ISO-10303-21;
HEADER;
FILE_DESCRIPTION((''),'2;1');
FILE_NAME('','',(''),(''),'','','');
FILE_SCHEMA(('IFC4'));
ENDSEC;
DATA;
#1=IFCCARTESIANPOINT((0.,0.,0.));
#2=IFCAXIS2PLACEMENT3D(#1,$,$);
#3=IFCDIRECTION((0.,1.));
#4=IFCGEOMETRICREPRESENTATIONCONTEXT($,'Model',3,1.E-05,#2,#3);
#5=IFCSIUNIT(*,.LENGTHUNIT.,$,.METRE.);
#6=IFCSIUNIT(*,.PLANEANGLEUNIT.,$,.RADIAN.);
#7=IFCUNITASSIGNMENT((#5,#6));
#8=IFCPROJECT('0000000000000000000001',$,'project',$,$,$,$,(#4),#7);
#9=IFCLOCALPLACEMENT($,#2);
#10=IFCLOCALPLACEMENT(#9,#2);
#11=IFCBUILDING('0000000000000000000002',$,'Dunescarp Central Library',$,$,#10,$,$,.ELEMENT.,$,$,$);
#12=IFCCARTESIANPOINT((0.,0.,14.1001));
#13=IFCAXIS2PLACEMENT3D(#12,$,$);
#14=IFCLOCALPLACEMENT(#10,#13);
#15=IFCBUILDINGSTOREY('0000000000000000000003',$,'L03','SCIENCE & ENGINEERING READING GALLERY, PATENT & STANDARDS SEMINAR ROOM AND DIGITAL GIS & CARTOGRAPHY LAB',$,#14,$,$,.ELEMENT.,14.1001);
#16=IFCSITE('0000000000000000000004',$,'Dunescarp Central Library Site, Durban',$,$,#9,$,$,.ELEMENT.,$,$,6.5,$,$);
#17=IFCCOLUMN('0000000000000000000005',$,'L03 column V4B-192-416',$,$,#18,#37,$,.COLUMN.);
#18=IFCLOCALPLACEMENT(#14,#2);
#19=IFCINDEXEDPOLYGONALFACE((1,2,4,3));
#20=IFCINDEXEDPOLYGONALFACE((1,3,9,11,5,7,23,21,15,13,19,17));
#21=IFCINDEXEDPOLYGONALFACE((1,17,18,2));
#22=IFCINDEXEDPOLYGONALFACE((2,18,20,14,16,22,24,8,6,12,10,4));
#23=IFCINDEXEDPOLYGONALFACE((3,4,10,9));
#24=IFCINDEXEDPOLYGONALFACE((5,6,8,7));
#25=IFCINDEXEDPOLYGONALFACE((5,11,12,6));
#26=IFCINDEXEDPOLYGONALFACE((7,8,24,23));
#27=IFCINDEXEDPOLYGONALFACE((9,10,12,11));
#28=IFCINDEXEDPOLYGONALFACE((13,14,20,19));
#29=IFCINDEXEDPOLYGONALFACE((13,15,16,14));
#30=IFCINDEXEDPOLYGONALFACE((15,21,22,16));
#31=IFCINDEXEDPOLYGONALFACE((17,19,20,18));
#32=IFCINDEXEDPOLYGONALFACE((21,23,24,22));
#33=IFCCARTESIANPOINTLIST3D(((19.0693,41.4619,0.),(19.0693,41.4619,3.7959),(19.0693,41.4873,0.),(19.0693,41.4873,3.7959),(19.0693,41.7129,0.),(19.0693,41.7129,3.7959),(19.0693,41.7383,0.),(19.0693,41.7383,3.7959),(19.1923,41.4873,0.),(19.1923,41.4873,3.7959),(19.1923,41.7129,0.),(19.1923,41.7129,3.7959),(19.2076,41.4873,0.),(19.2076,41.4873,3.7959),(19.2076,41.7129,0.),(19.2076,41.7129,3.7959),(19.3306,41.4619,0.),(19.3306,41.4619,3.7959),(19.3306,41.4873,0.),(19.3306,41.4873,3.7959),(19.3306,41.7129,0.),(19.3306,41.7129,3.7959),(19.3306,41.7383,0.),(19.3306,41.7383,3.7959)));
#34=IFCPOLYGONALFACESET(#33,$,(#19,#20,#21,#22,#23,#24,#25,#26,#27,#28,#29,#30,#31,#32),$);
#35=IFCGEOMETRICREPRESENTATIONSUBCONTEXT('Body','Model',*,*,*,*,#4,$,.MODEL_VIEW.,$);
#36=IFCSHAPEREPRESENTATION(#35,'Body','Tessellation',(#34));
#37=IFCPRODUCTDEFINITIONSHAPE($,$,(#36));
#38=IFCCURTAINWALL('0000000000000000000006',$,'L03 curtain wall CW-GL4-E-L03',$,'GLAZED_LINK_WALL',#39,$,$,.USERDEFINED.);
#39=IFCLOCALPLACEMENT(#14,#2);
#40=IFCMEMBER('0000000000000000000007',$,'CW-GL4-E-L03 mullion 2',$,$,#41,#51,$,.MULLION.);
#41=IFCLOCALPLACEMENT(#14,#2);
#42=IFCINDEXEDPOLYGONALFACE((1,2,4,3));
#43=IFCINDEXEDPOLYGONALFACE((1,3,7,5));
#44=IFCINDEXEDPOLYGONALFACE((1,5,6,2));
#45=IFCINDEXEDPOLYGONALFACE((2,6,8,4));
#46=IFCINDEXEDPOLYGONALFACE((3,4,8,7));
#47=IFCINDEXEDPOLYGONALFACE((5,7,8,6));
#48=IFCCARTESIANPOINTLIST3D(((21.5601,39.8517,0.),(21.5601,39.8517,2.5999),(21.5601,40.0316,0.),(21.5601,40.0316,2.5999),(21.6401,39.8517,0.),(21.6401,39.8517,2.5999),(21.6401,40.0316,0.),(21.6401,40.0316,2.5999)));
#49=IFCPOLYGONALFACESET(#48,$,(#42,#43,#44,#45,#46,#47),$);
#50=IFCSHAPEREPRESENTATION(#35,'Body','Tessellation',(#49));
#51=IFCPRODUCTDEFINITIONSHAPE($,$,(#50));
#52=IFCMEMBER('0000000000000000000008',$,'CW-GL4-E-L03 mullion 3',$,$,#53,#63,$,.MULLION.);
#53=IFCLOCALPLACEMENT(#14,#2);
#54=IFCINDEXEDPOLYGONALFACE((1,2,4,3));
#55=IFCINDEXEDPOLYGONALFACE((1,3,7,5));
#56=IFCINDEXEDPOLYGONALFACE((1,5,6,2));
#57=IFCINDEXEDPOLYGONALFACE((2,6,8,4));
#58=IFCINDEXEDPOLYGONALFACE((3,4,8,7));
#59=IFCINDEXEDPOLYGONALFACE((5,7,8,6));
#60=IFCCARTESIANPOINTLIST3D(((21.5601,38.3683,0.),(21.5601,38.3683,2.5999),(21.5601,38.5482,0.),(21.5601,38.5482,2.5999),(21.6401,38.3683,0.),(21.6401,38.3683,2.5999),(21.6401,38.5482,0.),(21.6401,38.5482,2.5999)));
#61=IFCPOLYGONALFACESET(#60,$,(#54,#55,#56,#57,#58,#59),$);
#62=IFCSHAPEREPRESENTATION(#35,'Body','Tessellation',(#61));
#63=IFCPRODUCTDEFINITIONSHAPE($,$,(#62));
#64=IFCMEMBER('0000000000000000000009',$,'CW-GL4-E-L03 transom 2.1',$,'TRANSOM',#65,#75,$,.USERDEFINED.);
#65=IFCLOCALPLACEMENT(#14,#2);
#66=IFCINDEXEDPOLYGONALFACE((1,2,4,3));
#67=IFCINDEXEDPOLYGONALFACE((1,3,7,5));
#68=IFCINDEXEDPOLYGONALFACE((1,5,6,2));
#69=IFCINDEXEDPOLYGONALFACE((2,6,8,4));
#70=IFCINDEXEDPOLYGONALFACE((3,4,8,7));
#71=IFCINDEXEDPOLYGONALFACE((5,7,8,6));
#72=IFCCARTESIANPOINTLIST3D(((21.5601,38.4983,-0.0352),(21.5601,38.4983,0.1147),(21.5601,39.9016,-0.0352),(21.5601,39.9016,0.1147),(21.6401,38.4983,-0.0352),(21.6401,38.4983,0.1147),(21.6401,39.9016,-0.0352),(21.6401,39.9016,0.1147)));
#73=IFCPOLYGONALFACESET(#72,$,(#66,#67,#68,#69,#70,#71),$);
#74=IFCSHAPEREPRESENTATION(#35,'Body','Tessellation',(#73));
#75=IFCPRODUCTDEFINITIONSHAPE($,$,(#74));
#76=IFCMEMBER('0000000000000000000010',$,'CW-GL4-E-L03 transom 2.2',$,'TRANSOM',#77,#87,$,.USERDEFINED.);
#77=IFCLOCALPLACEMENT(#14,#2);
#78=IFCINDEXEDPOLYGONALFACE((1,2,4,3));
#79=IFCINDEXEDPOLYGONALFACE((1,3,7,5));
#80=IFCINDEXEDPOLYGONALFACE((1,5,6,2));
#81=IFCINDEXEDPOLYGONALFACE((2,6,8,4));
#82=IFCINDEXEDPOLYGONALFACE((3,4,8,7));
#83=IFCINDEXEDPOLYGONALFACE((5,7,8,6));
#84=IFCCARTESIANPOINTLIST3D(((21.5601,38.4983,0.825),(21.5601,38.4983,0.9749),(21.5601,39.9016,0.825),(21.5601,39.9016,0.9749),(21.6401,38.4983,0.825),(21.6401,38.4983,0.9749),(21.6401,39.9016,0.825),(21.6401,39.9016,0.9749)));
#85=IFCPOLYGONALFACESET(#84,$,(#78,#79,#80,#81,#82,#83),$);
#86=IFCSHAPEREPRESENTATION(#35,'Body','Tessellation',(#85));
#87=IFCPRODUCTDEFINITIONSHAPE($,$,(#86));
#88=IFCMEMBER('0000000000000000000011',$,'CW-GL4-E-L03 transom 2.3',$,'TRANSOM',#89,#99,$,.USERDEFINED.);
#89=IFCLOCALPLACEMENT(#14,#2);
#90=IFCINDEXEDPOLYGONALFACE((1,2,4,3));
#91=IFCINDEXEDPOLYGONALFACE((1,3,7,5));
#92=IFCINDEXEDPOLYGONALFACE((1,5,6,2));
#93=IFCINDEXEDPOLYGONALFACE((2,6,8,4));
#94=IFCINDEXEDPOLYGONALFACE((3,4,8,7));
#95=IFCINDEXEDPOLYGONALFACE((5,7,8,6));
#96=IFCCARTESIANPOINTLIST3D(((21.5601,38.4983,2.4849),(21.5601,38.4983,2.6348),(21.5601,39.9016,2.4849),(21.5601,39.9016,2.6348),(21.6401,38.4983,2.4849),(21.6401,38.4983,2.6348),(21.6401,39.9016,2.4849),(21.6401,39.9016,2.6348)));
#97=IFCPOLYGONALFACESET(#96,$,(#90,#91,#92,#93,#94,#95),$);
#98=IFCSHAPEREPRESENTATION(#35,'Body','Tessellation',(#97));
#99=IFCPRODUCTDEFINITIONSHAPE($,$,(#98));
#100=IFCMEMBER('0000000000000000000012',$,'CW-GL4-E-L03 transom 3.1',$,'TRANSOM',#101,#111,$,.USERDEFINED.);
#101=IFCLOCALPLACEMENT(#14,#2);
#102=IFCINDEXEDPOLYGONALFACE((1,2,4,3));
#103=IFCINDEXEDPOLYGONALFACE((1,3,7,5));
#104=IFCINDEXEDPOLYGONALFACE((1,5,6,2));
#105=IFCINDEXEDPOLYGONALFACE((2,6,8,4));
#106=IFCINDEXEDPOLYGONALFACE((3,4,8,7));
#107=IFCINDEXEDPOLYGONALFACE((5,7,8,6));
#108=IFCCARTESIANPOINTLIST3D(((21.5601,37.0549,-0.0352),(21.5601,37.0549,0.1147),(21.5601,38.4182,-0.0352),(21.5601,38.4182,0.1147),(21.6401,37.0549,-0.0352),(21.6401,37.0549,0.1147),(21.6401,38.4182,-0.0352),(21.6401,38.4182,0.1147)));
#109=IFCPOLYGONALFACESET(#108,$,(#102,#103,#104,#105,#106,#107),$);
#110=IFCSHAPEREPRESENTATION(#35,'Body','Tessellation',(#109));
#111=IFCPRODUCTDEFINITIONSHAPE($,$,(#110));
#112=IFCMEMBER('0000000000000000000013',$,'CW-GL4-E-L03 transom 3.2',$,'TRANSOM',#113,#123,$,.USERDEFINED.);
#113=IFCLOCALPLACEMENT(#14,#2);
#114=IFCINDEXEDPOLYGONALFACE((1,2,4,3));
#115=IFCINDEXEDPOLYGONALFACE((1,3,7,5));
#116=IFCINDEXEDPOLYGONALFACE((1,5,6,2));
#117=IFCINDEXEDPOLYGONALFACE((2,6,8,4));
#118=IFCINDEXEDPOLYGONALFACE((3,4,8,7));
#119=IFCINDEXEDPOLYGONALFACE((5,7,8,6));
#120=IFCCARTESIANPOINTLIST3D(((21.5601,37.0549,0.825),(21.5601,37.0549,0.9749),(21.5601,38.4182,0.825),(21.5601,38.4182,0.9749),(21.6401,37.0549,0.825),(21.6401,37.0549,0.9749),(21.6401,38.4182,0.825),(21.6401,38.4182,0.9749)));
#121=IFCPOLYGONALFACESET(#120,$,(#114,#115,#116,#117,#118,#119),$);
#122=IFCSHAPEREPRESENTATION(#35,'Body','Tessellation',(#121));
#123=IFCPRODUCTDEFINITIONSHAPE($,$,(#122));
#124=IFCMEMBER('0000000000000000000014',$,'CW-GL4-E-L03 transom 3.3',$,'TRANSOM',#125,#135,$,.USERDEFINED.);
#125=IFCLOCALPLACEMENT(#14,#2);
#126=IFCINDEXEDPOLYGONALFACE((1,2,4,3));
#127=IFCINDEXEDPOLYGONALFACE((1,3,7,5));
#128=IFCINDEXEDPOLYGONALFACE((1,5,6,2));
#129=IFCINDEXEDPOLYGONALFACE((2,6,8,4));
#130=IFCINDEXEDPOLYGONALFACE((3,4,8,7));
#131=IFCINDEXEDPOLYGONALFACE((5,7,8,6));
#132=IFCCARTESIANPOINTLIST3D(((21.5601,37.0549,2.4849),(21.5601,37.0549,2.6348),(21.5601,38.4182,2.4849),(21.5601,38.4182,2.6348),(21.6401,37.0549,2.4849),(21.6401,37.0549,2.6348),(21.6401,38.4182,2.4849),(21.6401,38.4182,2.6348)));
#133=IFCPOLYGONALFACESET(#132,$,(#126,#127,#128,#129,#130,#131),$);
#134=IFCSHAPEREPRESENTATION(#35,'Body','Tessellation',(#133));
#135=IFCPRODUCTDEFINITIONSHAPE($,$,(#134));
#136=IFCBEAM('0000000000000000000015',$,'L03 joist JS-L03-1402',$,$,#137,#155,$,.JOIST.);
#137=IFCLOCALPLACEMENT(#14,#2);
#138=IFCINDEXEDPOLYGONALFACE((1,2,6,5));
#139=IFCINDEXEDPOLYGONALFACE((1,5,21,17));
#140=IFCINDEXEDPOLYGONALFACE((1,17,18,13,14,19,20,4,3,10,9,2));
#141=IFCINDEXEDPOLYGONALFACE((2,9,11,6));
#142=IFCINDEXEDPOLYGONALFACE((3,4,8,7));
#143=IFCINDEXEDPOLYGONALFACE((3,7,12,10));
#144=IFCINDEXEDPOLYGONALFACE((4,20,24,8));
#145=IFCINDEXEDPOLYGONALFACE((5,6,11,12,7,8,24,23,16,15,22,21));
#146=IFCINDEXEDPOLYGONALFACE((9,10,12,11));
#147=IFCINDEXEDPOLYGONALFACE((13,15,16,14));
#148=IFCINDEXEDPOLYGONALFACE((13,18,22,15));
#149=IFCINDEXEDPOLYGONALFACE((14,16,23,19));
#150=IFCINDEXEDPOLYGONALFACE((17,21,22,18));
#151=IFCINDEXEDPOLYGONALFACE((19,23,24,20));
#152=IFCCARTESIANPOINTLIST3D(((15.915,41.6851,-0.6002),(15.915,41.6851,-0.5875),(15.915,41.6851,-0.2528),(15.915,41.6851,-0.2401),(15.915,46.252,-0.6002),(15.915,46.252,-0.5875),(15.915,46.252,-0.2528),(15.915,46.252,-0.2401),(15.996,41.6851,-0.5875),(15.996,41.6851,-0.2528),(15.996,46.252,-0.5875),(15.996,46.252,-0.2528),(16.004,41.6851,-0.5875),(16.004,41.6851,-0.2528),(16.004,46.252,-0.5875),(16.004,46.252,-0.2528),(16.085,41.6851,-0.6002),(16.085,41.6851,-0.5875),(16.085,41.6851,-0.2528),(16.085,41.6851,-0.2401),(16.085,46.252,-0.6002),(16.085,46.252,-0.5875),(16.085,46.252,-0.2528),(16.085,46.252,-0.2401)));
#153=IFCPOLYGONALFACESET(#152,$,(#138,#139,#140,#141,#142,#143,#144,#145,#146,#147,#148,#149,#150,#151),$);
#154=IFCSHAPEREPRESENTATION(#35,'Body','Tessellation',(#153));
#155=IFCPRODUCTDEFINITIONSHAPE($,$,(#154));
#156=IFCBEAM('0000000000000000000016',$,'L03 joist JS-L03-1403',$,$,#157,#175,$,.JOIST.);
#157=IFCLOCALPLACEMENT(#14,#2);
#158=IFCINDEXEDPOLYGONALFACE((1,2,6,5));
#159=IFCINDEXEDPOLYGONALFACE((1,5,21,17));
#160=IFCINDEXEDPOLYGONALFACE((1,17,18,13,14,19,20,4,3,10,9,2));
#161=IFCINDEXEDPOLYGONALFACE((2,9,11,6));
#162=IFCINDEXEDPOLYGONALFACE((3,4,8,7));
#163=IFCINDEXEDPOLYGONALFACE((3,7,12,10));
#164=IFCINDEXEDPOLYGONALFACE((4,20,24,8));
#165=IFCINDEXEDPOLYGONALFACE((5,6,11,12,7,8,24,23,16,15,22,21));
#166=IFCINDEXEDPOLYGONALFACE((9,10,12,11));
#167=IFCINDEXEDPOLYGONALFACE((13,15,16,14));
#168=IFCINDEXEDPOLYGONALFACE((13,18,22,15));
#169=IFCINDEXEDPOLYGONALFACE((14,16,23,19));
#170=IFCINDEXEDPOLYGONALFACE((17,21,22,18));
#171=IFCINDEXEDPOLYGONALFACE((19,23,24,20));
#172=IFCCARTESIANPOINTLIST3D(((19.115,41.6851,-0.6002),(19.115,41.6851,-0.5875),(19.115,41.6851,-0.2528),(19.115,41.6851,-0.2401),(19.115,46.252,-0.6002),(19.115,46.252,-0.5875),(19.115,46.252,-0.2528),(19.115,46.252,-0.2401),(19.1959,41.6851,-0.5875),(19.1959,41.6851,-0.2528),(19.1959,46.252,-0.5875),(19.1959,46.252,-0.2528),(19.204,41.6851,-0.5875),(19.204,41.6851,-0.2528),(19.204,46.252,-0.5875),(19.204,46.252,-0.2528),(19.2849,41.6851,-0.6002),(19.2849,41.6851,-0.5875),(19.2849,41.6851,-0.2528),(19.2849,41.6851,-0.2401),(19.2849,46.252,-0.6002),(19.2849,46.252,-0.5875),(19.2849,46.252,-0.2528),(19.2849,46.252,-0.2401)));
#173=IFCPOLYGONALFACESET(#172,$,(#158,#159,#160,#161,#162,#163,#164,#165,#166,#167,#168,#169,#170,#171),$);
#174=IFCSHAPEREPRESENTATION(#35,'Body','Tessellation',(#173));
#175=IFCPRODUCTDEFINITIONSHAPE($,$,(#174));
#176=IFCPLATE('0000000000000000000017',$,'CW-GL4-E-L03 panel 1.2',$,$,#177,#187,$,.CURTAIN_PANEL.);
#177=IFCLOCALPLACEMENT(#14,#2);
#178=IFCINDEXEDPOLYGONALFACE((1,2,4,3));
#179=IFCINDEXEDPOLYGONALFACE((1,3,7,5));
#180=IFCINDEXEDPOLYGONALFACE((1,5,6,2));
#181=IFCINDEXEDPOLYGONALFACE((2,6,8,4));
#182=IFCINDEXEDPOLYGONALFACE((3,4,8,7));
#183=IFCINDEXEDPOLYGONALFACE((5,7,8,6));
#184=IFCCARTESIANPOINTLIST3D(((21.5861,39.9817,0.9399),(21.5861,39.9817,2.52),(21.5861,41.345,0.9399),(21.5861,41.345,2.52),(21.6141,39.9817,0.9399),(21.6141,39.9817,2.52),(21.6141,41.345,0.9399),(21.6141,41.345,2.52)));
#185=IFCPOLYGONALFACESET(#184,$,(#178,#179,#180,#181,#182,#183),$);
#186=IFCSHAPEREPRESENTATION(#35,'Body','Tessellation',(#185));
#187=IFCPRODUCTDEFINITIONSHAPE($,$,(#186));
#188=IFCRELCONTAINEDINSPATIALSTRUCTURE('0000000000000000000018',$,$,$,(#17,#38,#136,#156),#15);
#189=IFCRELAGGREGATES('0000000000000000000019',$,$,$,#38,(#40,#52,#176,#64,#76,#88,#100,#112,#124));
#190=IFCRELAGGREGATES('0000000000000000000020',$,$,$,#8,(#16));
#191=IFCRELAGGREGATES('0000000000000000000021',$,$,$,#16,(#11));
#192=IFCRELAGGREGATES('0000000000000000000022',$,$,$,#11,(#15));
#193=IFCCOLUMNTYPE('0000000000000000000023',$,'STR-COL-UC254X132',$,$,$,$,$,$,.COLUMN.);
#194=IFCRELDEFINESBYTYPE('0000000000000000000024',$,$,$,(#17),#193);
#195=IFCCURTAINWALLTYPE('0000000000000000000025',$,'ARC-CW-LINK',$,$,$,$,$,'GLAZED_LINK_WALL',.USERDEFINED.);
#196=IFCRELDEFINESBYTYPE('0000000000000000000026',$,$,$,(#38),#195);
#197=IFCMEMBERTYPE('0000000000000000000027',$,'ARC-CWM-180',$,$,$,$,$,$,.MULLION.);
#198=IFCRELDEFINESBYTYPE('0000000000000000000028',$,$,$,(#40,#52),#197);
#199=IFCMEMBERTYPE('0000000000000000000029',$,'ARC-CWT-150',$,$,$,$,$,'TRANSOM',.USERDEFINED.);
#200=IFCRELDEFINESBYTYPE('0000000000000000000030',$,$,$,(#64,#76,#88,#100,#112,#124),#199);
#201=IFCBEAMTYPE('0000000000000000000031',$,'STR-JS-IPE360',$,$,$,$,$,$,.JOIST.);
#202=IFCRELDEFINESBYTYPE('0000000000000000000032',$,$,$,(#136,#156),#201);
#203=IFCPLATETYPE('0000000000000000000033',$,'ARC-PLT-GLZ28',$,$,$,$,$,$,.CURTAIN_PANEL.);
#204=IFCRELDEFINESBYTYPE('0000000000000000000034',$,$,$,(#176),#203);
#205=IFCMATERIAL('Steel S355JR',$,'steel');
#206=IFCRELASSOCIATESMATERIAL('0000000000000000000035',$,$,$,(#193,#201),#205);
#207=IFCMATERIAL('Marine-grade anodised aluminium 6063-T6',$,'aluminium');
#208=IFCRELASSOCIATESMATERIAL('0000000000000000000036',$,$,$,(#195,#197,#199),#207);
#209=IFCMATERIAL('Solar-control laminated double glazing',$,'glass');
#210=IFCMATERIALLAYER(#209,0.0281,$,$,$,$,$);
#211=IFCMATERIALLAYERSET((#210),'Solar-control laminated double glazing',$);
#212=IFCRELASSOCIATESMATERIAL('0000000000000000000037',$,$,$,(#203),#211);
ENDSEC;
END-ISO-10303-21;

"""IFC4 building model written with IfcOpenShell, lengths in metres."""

from ifc_helpers import new_model, si_unit, direction, frame, origin, origin_2d, place, context, subcontext, project, spatial, rectangle, i_section, extrude, material, layer, layer_set, material_profile, profile_set, type_object, element, aggregate, save


model = new_model("IFC4")

# Units and contexts
model_context = context("Model", 3, precision=1e-05, world=origin(), true_north=direction((0.0, 1.0)))
body_context = subcontext(model_context, "Body", "Model", "MODEL_VIEW")
ifc_project = project(units=[si_unit("LENGTHUNIT", "METRE"), si_unit("PLANEANGLEUNIT", "RADIAN")], contexts=[model_context])

# Site, building, storey
site_placement = place(None, origin())
site = spatial("IfcSite", under=ifc_project, at=site_placement, Name="Dunescarp Central Library Site, Durban", CompositionType="ELEMENT", RefElevation=6.5)
building_placement = place(site_placement, origin())
building = spatial("IfcBuilding", under=site, at=building_placement, Name="Dunescarp Central Library", CompositionType="ELEMENT")
storey_placement = place(building_placement, frame((0.0, 0.0, 14.1001)))
storey = spatial("IfcBuildingStorey", under=building, at=storey_placement, Name="L03", Description="SCIENCE & ENGINEERING READING GALLERY, PATENT & STANDARDS SEMINAR ROOM AND DIGITAL GIS & CARTOGRAPHY LAB", CompositionType="ELEMENT", Elevation=14.1001)

# Column
ifc_material_1 = material(Name="Steel S355JR", Category="steel")
ifc_material_profile_1 = material_profile(ifc_material_1, i_section(OverallWidth=0.2612, OverallDepth=0.2764, WebThickness=0.0154, FlangeThickness=0.0254, at=origin_2d()), Name="UC 254x254x132")
ifc_profile_set_1 = profile_set([ifc_material_profile_1], Name="Steel S355JR")
column_type = type_object("IfcColumnType", Name="STR-COL-UC254X132", PredefinedType="COLUMN", material=ifc_profile_set_1)
column_placement = place(storey_placement, frame((19.2, 41.6001, 0.0), z_axis=(0.0, 0.0, 1.0), x_axis=(1.0, 0.0, 0.0)))
element("IfcColumn", 1, at=column_placement, inside=storey, type_object=column_type, Name="L03 column V4B-192-416", PredefinedType="COLUMN", context=body_context, shape_type="SweptSolid", body=[
    extrude(i_section(OverallWidth=0.2612, OverallDepth=0.2764, WebThickness=0.0154, FlangeThickness=0.0254, at=origin_2d()), origin(), (0.0, 0.0, 1.0), 3.7959),
])

# Curtain wall, members
ifc_material_2 = material(Name="Marine-grade anodised aluminium 6063-T6", Category="aluminium")
curtain_wall_type = type_object("IfcCurtainWallType", Name="ARC-CW-LINK", ElementType="GLAZED_LINK_WALL", PredefinedType="USERDEFINED", material=ifc_material_2)
curtain_wall_placement = place(storey_placement, origin())
curtain_wall = element("IfcCurtainWall", 2, at=curtain_wall_placement, inside=storey, type_object=curtain_wall_type, Name="L03 curtain wall CW-GL4-E-L03", ObjectType="GLAZED_LINK_WALL", PredefinedType="USERDEFINED")
ifc_material_profile_2 = material_profile(ifc_material_2, rectangle(XDim=0.0801, YDim=0.1799, at=origin_2d()), Name="AL 80x180")
ifc_profile_set_2 = profile_set([ifc_material_profile_2], Name="Marine-grade anodised aluminium 6063-T6")
member_type_1 = type_object("IfcMemberType", Name="ARC-CWM-180", PredefinedType="MULLION", material=ifc_profile_set_2)
member_1_placement = place(storey_placement, frame((21.6001, 39.9417, 0.0), z_axis=(0.0, 0.0, 1.0), x_axis=(1.0, 0.0, 0.0)))
member_1 = element("IfcMember", 3, at=member_1_placement, type_object=member_type_1, Name="CW-GL4-E-L03 mullion 2", PredefinedType="MULLION", context=body_context, shape_type="SweptSolid", body=[
    extrude(rectangle(XDim=0.0801, YDim=0.1799, at=origin_2d()), origin(), (0.0, 0.0, 1.0), 2.5999),
])
member_2_placement = place(storey_placement, frame((21.6001, 38.4583, 0.0), z_axis=(0.0, 0.0, 1.0), x_axis=(1.0, 0.0, 0.0)))
member_2 = element("IfcMember", 4, at=member_2_placement, type_object=member_type_1, Name="CW-GL4-E-L03 mullion 3", PredefinedType="MULLION", context=body_context, shape_type="SweptSolid", body=[
    extrude(rectangle(XDim=0.0801, YDim=0.1799, at=origin_2d()), origin(), (0.0, 0.0, 1.0), 2.5999),
])
ifc_material_profile_3 = material_profile(ifc_material_2, rectangle(XDim=0.0801, YDim=0.1499, at=origin_2d()), Name="AL 80x150")
ifc_profile_set_3 = profile_set([ifc_material_profile_3], Name="Marine-grade anodised aluminium 6063-T6")
member_type_2 = type_object("IfcMemberType", Name="ARC-CWT-150", ElementType="TRANSOM", PredefinedType="USERDEFINED", material=ifc_profile_set_3)
member_3_placement = place(storey_placement, frame((21.6001, 39.9016, 0.0398), z_axis=(0.0, -1.0, 0.0), x_axis=(1.0, 0.0, 0.0)))
member_3 = element("IfcMember", 5, at=member_3_placement, type_object=member_type_2, Name="CW-GL4-E-L03 transom 2.1", ObjectType="TRANSOM", PredefinedType="USERDEFINED", context=body_context, shape_type="SweptSolid", body=[
    extrude(rectangle(XDim=0.0801, YDim=0.1499, at=origin_2d()), origin(), (0.0, 0.0, 1.0), 1.4033),
])
member_4_placement = place(storey_placement, frame((21.6001, 39.9016, 0.8999), z_axis=(0.0, -1.0, 0.0), x_axis=(1.0, 0.0, 0.0)))
member_4 = element("IfcMember", 6, at=member_4_placement, type_object=member_type_2, Name="CW-GL4-E-L03 transom 2.2", ObjectType="TRANSOM", PredefinedType="USERDEFINED", context=body_context, shape_type="SweptSolid", body=[
    extrude(rectangle(XDim=0.0801, YDim=0.1499, at=origin_2d()), origin(), (0.0, 0.0, 1.0), 1.4033),
])
member_5_placement = place(storey_placement, frame((21.6001, 39.9016, 2.5598), z_axis=(0.0, -1.0, 0.0), x_axis=(1.0, 0.0, 0.0)))
member_5 = element("IfcMember", 7, at=member_5_placement, type_object=member_type_2, Name="CW-GL4-E-L03 transom 2.3", ObjectType="TRANSOM", PredefinedType="USERDEFINED", context=body_context, shape_type="SweptSolid", body=[
    extrude(rectangle(XDim=0.0801, YDim=0.1499, at=origin_2d()), origin(), (0.0, 0.0, 1.0), 1.4033),
])
member_6_placement = place(storey_placement, frame((21.6001, 38.4182, 0.0398), z_axis=(0.0, -1.0, 0.0), x_axis=(1.0, 0.0, 0.0)))
member_6 = element("IfcMember", 8, at=member_6_placement, type_object=member_type_2, Name="CW-GL4-E-L03 transom 3.1", ObjectType="TRANSOM", PredefinedType="USERDEFINED", context=body_context, shape_type="SweptSolid", body=[
    extrude(rectangle(XDim=0.0801, YDim=0.1499, at=origin_2d()), origin(), (0.0, 0.0, 1.0), 1.3633),
])
member_7_placement = place(storey_placement, frame((21.6001, 38.4182, 0.8999), z_axis=(0.0, -1.0, 0.0), x_axis=(1.0, 0.0, 0.0)))
member_7 = element("IfcMember", 9, at=member_7_placement, type_object=member_type_2, Name="CW-GL4-E-L03 transom 3.2", ObjectType="TRANSOM", PredefinedType="USERDEFINED", context=body_context, shape_type="SweptSolid", body=[
    extrude(rectangle(XDim=0.0801, YDim=0.1499, at=origin_2d()), origin(), (0.0, 0.0, 1.0), 1.3633),
])
member_8_placement = place(storey_placement, frame((21.6001, 38.4182, 2.5598), z_axis=(0.0, -1.0, 0.0), x_axis=(1.0, 0.0, 0.0)))
member_8 = element("IfcMember", 10, at=member_8_placement, type_object=member_type_2, Name="CW-GL4-E-L03 transom 3.3", ObjectType="TRANSOM", PredefinedType="USERDEFINED", context=body_context, shape_type="SweptSolid", body=[
    extrude(rectangle(XDim=0.0801, YDim=0.1499, at=origin_2d()), origin(), (0.0, 0.0, 1.0), 1.3633),
])

# Beams
ifc_material_profile_4 = material_profile(ifc_material_1, i_section(OverallWidth=0.1699, OverallDepth=0.3601, WebThickness=0.0081, FlangeThickness=0.0127, at=origin_2d()), Name="IPE 360")
ifc_profile_set_4 = profile_set([ifc_material_profile_4], Name="Steel S355JR")
beam_type = type_object("IfcBeamType", Name="STR-JS-IPE360", PredefinedType="JOIST", material=ifc_profile_set_4)
for number, where, z_axis, x_axis, name in (
    (11, (16.0, 41.6851, -0.4202), (0.0, 1.0, 0.0), (-1.0, 0.0, 0.0), "L03 joist JS-L03-1402"),
    (12, (19.2, 41.6851, -0.4202), (0.0, 1.0, 0.0), (-1.0, 0.0, 0.0), "L03 joist JS-L03-1403"),
):
    element("IfcBeam", number, at=place(storey_placement, frame(where, z_axis=z_axis, x_axis=x_axis)), inside=storey, type_object=beam_type, Name=name, PredefinedType="JOIST", context=body_context, shape_type="SweptSolid", body=[
        extrude(i_section(OverallWidth=0.1699, OverallDepth=0.3601, WebThickness=0.0081, FlangeThickness=0.0127, at=origin_2d()), origin(), (0.0, 0.0, 1.0), 4.5669),
    ])

# Plate
ifc_material_3 = material(Name="Solar-control laminated double glazing", Category="glass")
ifc_layer_1 = layer(ifc_material_3, 0.0281)
ifc_layer_set_1 = layer_set([ifc_layer_1], Name="Solar-control laminated double glazing")
plate_type_1 = type_object("IfcPlateType", Name="ARC-PLT-GLZ28", PredefinedType="CURTAIN_PANEL", material=ifc_layer_set_1)
plate_1_placement = place(storey_placement, frame((21.6001, 40.6633, 0.9399), z_axis=(0.0, 0.0, 1.0), x_axis=(0.0, -1.0, 0.0)))
plate_1 = element("IfcPlate", 13, at=plate_1_placement, type_object=plate_type_1, Name="CW-GL4-E-L03 panel 1.2", PredefinedType="CURTAIN_PANEL", context=body_context, shape_type="SweptSolid", body=[
    extrude(rectangle(XDim=1.3633, YDim=0.0281, at=origin_2d()), origin(), (0.0, 0.0, 1.0), 1.5801),
])
aggregate(curtain_wall, [member_1, member_2, plate_1, member_3, member_4, member_5, member_6, member_7, member_8])

save(model, "model.ifc")
